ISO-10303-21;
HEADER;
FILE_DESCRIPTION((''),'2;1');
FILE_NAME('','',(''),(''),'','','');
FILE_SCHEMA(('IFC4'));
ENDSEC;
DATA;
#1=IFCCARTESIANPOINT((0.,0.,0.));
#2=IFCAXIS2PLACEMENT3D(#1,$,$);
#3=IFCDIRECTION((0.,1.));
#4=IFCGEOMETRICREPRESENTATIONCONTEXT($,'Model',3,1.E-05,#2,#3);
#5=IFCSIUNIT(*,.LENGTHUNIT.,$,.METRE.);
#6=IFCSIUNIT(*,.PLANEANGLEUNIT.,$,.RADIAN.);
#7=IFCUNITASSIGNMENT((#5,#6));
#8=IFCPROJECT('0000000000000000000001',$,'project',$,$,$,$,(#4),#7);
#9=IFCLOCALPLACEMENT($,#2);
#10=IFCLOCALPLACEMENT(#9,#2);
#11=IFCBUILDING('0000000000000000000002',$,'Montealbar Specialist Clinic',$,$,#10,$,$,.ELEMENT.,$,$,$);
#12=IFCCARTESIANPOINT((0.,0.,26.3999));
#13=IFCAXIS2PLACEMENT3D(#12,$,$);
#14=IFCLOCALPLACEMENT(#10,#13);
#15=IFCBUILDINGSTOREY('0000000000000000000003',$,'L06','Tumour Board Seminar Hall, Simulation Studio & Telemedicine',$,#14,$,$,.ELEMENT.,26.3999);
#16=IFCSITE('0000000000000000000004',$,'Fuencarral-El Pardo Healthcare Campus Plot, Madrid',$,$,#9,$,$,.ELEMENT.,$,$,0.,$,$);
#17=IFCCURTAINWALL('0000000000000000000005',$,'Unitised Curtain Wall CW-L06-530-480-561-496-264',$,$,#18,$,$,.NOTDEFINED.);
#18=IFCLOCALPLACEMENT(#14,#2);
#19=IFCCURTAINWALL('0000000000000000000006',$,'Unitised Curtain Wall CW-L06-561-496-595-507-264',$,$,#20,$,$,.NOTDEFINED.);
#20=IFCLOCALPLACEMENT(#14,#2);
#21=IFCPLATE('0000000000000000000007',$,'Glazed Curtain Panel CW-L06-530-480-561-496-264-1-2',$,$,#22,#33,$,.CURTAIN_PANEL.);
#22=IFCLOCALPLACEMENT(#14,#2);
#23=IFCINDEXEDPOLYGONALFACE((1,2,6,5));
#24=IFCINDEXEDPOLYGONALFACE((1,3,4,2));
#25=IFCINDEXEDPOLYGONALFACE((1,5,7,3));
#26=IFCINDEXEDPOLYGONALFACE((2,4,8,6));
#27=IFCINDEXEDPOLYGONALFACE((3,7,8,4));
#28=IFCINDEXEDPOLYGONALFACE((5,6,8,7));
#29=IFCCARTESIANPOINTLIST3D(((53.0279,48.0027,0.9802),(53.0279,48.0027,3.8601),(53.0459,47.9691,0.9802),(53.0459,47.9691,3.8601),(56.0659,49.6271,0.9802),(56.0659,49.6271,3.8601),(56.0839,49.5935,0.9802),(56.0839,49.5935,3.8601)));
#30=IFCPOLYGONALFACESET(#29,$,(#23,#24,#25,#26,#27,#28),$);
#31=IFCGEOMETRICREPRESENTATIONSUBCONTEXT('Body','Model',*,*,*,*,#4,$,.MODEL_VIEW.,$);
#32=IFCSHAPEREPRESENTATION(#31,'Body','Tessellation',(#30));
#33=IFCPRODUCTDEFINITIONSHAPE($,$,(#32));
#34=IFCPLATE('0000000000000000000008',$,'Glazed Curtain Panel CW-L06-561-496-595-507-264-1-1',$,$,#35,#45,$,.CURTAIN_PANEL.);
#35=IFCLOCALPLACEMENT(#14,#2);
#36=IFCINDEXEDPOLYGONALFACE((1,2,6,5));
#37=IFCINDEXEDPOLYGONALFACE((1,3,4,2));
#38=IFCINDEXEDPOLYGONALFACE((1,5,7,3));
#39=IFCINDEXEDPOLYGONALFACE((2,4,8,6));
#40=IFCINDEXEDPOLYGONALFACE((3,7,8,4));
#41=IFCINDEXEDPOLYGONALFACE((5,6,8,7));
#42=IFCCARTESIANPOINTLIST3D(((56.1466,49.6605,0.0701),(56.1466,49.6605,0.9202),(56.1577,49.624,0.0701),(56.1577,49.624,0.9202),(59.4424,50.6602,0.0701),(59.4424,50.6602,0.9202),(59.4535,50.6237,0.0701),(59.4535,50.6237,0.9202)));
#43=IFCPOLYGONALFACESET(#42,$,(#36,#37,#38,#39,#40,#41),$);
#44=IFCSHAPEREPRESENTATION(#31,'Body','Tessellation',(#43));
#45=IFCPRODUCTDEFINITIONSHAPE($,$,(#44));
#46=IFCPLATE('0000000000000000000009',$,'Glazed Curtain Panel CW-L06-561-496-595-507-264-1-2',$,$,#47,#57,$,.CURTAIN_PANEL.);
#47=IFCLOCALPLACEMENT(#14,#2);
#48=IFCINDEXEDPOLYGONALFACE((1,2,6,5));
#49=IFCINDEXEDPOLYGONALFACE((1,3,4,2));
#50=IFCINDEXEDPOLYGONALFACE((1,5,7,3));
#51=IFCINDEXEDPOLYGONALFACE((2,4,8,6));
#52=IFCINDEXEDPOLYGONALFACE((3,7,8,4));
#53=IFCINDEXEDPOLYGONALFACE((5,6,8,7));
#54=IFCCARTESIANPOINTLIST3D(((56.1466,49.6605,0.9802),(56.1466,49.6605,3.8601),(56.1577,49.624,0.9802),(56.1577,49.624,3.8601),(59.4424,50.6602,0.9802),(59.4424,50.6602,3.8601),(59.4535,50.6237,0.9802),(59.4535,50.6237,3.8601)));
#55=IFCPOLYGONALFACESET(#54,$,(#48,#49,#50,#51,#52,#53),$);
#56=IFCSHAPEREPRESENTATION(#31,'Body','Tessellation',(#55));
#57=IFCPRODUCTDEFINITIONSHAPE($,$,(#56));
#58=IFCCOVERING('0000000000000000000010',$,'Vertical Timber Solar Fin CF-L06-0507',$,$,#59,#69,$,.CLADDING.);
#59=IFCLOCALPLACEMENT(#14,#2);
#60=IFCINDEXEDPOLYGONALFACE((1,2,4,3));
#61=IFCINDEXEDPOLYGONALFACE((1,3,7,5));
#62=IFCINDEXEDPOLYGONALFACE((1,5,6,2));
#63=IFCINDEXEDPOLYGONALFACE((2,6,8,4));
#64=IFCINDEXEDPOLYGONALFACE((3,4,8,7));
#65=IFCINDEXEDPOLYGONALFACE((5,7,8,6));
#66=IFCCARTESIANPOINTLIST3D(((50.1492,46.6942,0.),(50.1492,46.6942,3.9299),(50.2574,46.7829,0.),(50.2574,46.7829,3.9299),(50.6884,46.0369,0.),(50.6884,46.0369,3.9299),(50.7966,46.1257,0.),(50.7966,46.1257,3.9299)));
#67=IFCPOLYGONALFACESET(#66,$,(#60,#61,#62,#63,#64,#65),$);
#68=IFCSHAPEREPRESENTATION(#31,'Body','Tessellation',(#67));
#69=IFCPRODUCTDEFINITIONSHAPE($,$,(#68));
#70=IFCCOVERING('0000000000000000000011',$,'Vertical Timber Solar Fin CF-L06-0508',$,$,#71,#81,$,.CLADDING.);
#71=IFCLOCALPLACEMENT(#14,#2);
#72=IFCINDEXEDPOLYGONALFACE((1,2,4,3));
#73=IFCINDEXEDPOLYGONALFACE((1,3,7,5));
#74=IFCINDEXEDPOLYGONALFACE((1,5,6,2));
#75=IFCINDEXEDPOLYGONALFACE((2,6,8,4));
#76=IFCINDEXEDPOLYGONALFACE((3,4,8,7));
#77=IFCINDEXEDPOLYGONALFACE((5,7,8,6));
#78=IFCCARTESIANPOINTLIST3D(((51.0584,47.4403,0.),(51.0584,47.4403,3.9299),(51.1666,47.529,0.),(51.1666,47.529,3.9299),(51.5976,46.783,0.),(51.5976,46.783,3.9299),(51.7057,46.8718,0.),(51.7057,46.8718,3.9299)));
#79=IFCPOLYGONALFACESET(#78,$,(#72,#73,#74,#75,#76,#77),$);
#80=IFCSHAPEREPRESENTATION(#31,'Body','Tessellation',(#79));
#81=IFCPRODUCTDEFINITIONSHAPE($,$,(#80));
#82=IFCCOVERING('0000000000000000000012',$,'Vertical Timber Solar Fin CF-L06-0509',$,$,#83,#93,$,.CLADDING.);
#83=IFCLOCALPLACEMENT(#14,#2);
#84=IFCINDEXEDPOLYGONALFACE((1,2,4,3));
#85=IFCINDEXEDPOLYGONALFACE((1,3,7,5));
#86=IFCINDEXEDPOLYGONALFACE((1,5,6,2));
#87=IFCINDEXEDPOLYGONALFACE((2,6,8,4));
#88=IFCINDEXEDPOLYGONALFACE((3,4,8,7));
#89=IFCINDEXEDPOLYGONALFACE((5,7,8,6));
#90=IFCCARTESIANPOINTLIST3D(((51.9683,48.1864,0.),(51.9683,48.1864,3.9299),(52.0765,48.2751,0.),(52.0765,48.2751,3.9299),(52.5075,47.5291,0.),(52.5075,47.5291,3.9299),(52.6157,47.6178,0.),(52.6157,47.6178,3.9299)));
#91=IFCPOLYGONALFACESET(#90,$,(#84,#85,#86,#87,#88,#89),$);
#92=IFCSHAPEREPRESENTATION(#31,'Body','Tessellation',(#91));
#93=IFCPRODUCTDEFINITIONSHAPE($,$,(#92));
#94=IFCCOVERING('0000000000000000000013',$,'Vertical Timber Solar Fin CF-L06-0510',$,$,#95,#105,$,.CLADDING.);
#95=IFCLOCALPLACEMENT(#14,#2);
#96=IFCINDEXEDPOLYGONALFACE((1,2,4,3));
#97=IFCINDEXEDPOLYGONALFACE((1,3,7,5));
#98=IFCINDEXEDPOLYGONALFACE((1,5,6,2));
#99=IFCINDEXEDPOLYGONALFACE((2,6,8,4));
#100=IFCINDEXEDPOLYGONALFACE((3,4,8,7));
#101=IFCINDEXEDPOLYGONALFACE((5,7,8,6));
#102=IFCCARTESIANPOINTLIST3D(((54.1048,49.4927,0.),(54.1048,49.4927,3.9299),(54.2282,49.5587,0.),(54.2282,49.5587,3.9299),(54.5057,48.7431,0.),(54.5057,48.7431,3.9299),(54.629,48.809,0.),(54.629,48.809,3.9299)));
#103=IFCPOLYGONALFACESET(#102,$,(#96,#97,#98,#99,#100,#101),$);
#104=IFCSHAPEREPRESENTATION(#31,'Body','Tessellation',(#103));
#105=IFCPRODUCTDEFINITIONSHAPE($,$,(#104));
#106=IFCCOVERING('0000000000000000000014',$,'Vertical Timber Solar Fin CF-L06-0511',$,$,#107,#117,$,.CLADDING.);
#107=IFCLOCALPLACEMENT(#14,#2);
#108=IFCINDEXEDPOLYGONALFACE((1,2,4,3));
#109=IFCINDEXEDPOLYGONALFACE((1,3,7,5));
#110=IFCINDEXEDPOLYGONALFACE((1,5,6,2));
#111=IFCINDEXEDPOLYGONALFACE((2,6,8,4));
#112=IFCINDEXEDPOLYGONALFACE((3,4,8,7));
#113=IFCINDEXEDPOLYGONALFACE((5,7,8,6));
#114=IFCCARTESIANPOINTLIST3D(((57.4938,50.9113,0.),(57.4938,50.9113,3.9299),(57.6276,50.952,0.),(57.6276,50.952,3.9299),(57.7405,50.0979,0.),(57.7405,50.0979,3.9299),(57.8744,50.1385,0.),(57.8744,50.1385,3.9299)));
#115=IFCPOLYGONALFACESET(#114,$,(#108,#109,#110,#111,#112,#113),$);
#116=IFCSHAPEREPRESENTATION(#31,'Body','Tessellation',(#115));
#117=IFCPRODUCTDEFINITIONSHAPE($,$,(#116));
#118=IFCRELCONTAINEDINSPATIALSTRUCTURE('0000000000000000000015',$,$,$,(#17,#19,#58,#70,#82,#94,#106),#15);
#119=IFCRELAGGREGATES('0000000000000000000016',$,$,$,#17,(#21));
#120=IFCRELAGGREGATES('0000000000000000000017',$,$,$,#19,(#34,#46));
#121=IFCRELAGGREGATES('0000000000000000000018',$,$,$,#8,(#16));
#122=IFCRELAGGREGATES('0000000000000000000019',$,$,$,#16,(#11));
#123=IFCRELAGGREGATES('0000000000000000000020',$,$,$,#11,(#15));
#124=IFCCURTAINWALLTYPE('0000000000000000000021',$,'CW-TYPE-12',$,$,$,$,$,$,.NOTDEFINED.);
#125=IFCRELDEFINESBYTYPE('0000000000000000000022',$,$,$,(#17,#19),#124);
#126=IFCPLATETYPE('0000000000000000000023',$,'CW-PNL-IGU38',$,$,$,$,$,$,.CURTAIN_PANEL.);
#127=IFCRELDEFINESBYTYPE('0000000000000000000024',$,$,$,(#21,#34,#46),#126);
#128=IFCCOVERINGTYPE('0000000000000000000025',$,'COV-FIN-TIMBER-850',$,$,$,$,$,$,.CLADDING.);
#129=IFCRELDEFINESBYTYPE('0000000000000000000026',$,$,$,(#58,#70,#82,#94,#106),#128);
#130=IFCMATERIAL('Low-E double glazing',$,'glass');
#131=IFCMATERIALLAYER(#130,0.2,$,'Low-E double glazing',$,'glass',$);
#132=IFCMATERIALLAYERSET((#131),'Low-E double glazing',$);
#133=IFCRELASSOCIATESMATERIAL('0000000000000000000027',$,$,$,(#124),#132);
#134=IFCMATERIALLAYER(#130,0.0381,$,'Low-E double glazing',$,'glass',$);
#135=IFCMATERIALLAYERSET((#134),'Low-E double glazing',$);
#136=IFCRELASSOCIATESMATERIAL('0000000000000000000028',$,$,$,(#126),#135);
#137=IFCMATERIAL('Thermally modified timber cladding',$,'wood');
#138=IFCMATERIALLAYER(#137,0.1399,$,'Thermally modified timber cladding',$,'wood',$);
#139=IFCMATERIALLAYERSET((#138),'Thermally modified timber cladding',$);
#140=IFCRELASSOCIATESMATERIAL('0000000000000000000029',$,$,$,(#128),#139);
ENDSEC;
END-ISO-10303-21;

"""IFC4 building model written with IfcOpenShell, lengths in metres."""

from ifc_helpers import new_model, si_unit, direction, frame, origin, origin_2d, place, context, subcontext, project, spatial, rectangle, extrude, material, layer, layer_set, type_object, element, aggregate, save


model = new_model("IFC4")

# Units and contexts
model_context = context("Model", 3, precision=1e-05, world=origin(), true_north=direction((0.0, 1.0)))
body_context = subcontext(model_context, "Body", "Model", "MODEL_VIEW")
ifc_project = project(units=[si_unit("LENGTHUNIT", "METRE"), si_unit("PLANEANGLEUNIT", "RADIAN")], contexts=[model_context])

# Site, building, storey
site_placement = place(None, origin())
site = spatial("IfcSite", under=ifc_project, at=site_placement, Name="Fuencarral-El Pardo Healthcare Campus Plot, Madrid", CompositionType="ELEMENT", RefElevation=0.0)
building_placement = place(site_placement, origin())
building = spatial("IfcBuilding", under=site, at=building_placement, Name="Montealbar Specialist Clinic", CompositionType="ELEMENT")
storey_placement = place(building_placement, frame((0.0, 0.0, 26.3999)))
storey = spatial("IfcBuildingStorey", under=building, at=storey_placement, Name="L06", Description="Tumour Board Seminar Hall, Simulation Studio & Telemedicine", CompositionType="ELEMENT", Elevation=26.3999)

# Shared definitions
ifc_material_1 = material(Name="Low-E double glazing", Category="glass")
ifc_layer_1 = layer(ifc_material_1, 0.2, Name="Low-E double glazing", Category="glass")
ifc_layer_set_1 = layer_set([ifc_layer_1], Name="Low-E double glazing")
curtain_wall_type = type_object("IfcCurtainWallType", Name="CW-TYPE-12", PredefinedType="NOTDEFINED", material=ifc_layer_set_1)

# Curtain wall
curtain_wall_1_placement = place(storey_placement, origin())
curtain_wall_1 = element("IfcCurtainWall", 1, at=curtain_wall_1_placement, inside=storey, type_object=curtain_wall_type, Name="Unitised Curtain Wall CW-L06-530-480-561-496-264", PredefinedType="NOTDEFINED")

# Curtain wall
curtain_wall_2_placement = place(storey_placement, origin())
curtain_wall_2 = element("IfcCurtainWall", 2, at=curtain_wall_2_placement, inside=storey, type_object=curtain_wall_type, Name="Unitised Curtain Wall CW-L06-561-496-595-507-264", PredefinedType="NOTDEFINED")

# Plates
ifc_layer_2 = layer(ifc_material_1, 0.0381, Name="Low-E double glazing", Category="glass")
ifc_layer_set_2 = layer_set([ifc_layer_2], Name="Low-E double glazing")
plate_type = type_object("IfcPlateType", Name="CW-PNL-IGU38", PredefinedType="CURTAIN_PANEL", material=ifc_layer_set_2)
plate_1_placement = place(storey_placement, frame((54.5559, 48.7981, 0.9802), z_axis=(0.0, 0.0, 1.0), x_axis=(0.88185, 0.471529, 0.0)))
plate_1 = element("IfcPlate", 3, at=plate_1_placement, type_object=plate_type, Name="Glazed Curtain Panel CW-L06-530-480-561-496-264-1-2", PredefinedType="CURTAIN_PANEL", context=body_context, shape_type="SweptSolid", body=[
    extrude(rectangle(XDim=3.4451, YDim=0.0381, at=origin_2d()), origin(), (0.0, 0.0, 1.0), 2.8799),
])
aggregate(curtain_wall_1, [plate_1])
plate_2_placement = place(storey_placement, frame((57.8, 50.1421, 0.0701), z_axis=(0.0, 0.0, 1.0), x_axis=(0.956948, 0.290259, 0.0)))
plate_2 = element("IfcPlate", 4, at=plate_2_placement, type_object=plate_type, Name="Glazed Curtain Panel CW-L06-561-496-595-507-264-1-1", PredefinedType="CURTAIN_PANEL", context=body_context, shape_type="SweptSolid", body=[
    extrude(rectangle(XDim=3.4441, YDim=0.0381, at=origin_2d()), origin(), (0.0, 0.0, 1.0), 0.8501),
])
plate_3_placement = place(storey_placement, frame((57.8, 50.1421, 0.9802), z_axis=(0.0, 0.0, 1.0), x_axis=(0.956948, 0.290259, 0.0)))
plate_3 = element("IfcPlate", 5, at=plate_3_placement, type_object=plate_type, Name="Glazed Curtain Panel CW-L06-561-496-595-507-264-1-2", PredefinedType="CURTAIN_PANEL", context=body_context, shape_type="SweptSolid", body=[
    extrude(rectangle(XDim=3.4441, YDim=0.0381, at=origin_2d()), origin(), (0.0, 0.0, 1.0), 2.8799),
])
aggregate(curtain_wall_2, [plate_2, plate_3])

# Coverings
ifc_material_2 = material(Name="Thermally modified timber cladding", Category="wood")
ifc_layer_3 = layer(ifc_material_2, 0.1399, Name="Thermally modified timber cladding", Category="wood")
ifc_layer_set_3 = layer_set([ifc_layer_3], Name="Thermally modified timber cladding")
covering_type = type_object("IfcCoveringType", Name="COV-FIN-TIMBER-850", PredefinedType="CLADDING", material=ifc_layer_set_3)
for number, where, z_axis, x_axis, name in (
    (6, (50.4729, 46.4099, 0.0), (0.0, 0.0, 1.0), (-0.634256, 0.773123, 0.0), "Vertical Timber Solar Fin CF-L06-0507"),
    (7, (51.3821, 47.156, 0.0), (0.0, 0.0, 1.0), (-0.634256, 0.773123, 0.0), "Vertical Timber Solar Fin CF-L06-0508"),
    (8, (52.292, 47.9021, 0.0), (0.0, 0.0, 1.0), (-0.634256, 0.773123, 0.0), "Vertical Timber Solar Fin CF-L06-0509"),
    (9, (54.3669, 49.1509, 0.0), (0.0, 0.0, 1.0), (-0.471529, 0.88185, 0.0), "Vertical Timber Solar Fin CF-L06-0510"),
    (10, (57.6841, 50.5249, 0.0), (0.0, 0.0, 1.0), (-0.290259, 0.956948, 0.0), "Vertical Timber Solar Fin CF-L06-0511"),
):
    element("IfcCovering", number, at=place(storey_placement, frame(where, z_axis=z_axis, x_axis=x_axis)), inside=storey, type_object=covering_type, Name=name, PredefinedType="CLADDING", context=body_context, shape_type="SweptSolid", body=[
        extrude(rectangle(XDim=0.8501, YDim=0.1399, at=origin_2d()), origin(), (0.0, 0.0, 1.0), 3.9299),
    ])

save(model, "model.ifc")
